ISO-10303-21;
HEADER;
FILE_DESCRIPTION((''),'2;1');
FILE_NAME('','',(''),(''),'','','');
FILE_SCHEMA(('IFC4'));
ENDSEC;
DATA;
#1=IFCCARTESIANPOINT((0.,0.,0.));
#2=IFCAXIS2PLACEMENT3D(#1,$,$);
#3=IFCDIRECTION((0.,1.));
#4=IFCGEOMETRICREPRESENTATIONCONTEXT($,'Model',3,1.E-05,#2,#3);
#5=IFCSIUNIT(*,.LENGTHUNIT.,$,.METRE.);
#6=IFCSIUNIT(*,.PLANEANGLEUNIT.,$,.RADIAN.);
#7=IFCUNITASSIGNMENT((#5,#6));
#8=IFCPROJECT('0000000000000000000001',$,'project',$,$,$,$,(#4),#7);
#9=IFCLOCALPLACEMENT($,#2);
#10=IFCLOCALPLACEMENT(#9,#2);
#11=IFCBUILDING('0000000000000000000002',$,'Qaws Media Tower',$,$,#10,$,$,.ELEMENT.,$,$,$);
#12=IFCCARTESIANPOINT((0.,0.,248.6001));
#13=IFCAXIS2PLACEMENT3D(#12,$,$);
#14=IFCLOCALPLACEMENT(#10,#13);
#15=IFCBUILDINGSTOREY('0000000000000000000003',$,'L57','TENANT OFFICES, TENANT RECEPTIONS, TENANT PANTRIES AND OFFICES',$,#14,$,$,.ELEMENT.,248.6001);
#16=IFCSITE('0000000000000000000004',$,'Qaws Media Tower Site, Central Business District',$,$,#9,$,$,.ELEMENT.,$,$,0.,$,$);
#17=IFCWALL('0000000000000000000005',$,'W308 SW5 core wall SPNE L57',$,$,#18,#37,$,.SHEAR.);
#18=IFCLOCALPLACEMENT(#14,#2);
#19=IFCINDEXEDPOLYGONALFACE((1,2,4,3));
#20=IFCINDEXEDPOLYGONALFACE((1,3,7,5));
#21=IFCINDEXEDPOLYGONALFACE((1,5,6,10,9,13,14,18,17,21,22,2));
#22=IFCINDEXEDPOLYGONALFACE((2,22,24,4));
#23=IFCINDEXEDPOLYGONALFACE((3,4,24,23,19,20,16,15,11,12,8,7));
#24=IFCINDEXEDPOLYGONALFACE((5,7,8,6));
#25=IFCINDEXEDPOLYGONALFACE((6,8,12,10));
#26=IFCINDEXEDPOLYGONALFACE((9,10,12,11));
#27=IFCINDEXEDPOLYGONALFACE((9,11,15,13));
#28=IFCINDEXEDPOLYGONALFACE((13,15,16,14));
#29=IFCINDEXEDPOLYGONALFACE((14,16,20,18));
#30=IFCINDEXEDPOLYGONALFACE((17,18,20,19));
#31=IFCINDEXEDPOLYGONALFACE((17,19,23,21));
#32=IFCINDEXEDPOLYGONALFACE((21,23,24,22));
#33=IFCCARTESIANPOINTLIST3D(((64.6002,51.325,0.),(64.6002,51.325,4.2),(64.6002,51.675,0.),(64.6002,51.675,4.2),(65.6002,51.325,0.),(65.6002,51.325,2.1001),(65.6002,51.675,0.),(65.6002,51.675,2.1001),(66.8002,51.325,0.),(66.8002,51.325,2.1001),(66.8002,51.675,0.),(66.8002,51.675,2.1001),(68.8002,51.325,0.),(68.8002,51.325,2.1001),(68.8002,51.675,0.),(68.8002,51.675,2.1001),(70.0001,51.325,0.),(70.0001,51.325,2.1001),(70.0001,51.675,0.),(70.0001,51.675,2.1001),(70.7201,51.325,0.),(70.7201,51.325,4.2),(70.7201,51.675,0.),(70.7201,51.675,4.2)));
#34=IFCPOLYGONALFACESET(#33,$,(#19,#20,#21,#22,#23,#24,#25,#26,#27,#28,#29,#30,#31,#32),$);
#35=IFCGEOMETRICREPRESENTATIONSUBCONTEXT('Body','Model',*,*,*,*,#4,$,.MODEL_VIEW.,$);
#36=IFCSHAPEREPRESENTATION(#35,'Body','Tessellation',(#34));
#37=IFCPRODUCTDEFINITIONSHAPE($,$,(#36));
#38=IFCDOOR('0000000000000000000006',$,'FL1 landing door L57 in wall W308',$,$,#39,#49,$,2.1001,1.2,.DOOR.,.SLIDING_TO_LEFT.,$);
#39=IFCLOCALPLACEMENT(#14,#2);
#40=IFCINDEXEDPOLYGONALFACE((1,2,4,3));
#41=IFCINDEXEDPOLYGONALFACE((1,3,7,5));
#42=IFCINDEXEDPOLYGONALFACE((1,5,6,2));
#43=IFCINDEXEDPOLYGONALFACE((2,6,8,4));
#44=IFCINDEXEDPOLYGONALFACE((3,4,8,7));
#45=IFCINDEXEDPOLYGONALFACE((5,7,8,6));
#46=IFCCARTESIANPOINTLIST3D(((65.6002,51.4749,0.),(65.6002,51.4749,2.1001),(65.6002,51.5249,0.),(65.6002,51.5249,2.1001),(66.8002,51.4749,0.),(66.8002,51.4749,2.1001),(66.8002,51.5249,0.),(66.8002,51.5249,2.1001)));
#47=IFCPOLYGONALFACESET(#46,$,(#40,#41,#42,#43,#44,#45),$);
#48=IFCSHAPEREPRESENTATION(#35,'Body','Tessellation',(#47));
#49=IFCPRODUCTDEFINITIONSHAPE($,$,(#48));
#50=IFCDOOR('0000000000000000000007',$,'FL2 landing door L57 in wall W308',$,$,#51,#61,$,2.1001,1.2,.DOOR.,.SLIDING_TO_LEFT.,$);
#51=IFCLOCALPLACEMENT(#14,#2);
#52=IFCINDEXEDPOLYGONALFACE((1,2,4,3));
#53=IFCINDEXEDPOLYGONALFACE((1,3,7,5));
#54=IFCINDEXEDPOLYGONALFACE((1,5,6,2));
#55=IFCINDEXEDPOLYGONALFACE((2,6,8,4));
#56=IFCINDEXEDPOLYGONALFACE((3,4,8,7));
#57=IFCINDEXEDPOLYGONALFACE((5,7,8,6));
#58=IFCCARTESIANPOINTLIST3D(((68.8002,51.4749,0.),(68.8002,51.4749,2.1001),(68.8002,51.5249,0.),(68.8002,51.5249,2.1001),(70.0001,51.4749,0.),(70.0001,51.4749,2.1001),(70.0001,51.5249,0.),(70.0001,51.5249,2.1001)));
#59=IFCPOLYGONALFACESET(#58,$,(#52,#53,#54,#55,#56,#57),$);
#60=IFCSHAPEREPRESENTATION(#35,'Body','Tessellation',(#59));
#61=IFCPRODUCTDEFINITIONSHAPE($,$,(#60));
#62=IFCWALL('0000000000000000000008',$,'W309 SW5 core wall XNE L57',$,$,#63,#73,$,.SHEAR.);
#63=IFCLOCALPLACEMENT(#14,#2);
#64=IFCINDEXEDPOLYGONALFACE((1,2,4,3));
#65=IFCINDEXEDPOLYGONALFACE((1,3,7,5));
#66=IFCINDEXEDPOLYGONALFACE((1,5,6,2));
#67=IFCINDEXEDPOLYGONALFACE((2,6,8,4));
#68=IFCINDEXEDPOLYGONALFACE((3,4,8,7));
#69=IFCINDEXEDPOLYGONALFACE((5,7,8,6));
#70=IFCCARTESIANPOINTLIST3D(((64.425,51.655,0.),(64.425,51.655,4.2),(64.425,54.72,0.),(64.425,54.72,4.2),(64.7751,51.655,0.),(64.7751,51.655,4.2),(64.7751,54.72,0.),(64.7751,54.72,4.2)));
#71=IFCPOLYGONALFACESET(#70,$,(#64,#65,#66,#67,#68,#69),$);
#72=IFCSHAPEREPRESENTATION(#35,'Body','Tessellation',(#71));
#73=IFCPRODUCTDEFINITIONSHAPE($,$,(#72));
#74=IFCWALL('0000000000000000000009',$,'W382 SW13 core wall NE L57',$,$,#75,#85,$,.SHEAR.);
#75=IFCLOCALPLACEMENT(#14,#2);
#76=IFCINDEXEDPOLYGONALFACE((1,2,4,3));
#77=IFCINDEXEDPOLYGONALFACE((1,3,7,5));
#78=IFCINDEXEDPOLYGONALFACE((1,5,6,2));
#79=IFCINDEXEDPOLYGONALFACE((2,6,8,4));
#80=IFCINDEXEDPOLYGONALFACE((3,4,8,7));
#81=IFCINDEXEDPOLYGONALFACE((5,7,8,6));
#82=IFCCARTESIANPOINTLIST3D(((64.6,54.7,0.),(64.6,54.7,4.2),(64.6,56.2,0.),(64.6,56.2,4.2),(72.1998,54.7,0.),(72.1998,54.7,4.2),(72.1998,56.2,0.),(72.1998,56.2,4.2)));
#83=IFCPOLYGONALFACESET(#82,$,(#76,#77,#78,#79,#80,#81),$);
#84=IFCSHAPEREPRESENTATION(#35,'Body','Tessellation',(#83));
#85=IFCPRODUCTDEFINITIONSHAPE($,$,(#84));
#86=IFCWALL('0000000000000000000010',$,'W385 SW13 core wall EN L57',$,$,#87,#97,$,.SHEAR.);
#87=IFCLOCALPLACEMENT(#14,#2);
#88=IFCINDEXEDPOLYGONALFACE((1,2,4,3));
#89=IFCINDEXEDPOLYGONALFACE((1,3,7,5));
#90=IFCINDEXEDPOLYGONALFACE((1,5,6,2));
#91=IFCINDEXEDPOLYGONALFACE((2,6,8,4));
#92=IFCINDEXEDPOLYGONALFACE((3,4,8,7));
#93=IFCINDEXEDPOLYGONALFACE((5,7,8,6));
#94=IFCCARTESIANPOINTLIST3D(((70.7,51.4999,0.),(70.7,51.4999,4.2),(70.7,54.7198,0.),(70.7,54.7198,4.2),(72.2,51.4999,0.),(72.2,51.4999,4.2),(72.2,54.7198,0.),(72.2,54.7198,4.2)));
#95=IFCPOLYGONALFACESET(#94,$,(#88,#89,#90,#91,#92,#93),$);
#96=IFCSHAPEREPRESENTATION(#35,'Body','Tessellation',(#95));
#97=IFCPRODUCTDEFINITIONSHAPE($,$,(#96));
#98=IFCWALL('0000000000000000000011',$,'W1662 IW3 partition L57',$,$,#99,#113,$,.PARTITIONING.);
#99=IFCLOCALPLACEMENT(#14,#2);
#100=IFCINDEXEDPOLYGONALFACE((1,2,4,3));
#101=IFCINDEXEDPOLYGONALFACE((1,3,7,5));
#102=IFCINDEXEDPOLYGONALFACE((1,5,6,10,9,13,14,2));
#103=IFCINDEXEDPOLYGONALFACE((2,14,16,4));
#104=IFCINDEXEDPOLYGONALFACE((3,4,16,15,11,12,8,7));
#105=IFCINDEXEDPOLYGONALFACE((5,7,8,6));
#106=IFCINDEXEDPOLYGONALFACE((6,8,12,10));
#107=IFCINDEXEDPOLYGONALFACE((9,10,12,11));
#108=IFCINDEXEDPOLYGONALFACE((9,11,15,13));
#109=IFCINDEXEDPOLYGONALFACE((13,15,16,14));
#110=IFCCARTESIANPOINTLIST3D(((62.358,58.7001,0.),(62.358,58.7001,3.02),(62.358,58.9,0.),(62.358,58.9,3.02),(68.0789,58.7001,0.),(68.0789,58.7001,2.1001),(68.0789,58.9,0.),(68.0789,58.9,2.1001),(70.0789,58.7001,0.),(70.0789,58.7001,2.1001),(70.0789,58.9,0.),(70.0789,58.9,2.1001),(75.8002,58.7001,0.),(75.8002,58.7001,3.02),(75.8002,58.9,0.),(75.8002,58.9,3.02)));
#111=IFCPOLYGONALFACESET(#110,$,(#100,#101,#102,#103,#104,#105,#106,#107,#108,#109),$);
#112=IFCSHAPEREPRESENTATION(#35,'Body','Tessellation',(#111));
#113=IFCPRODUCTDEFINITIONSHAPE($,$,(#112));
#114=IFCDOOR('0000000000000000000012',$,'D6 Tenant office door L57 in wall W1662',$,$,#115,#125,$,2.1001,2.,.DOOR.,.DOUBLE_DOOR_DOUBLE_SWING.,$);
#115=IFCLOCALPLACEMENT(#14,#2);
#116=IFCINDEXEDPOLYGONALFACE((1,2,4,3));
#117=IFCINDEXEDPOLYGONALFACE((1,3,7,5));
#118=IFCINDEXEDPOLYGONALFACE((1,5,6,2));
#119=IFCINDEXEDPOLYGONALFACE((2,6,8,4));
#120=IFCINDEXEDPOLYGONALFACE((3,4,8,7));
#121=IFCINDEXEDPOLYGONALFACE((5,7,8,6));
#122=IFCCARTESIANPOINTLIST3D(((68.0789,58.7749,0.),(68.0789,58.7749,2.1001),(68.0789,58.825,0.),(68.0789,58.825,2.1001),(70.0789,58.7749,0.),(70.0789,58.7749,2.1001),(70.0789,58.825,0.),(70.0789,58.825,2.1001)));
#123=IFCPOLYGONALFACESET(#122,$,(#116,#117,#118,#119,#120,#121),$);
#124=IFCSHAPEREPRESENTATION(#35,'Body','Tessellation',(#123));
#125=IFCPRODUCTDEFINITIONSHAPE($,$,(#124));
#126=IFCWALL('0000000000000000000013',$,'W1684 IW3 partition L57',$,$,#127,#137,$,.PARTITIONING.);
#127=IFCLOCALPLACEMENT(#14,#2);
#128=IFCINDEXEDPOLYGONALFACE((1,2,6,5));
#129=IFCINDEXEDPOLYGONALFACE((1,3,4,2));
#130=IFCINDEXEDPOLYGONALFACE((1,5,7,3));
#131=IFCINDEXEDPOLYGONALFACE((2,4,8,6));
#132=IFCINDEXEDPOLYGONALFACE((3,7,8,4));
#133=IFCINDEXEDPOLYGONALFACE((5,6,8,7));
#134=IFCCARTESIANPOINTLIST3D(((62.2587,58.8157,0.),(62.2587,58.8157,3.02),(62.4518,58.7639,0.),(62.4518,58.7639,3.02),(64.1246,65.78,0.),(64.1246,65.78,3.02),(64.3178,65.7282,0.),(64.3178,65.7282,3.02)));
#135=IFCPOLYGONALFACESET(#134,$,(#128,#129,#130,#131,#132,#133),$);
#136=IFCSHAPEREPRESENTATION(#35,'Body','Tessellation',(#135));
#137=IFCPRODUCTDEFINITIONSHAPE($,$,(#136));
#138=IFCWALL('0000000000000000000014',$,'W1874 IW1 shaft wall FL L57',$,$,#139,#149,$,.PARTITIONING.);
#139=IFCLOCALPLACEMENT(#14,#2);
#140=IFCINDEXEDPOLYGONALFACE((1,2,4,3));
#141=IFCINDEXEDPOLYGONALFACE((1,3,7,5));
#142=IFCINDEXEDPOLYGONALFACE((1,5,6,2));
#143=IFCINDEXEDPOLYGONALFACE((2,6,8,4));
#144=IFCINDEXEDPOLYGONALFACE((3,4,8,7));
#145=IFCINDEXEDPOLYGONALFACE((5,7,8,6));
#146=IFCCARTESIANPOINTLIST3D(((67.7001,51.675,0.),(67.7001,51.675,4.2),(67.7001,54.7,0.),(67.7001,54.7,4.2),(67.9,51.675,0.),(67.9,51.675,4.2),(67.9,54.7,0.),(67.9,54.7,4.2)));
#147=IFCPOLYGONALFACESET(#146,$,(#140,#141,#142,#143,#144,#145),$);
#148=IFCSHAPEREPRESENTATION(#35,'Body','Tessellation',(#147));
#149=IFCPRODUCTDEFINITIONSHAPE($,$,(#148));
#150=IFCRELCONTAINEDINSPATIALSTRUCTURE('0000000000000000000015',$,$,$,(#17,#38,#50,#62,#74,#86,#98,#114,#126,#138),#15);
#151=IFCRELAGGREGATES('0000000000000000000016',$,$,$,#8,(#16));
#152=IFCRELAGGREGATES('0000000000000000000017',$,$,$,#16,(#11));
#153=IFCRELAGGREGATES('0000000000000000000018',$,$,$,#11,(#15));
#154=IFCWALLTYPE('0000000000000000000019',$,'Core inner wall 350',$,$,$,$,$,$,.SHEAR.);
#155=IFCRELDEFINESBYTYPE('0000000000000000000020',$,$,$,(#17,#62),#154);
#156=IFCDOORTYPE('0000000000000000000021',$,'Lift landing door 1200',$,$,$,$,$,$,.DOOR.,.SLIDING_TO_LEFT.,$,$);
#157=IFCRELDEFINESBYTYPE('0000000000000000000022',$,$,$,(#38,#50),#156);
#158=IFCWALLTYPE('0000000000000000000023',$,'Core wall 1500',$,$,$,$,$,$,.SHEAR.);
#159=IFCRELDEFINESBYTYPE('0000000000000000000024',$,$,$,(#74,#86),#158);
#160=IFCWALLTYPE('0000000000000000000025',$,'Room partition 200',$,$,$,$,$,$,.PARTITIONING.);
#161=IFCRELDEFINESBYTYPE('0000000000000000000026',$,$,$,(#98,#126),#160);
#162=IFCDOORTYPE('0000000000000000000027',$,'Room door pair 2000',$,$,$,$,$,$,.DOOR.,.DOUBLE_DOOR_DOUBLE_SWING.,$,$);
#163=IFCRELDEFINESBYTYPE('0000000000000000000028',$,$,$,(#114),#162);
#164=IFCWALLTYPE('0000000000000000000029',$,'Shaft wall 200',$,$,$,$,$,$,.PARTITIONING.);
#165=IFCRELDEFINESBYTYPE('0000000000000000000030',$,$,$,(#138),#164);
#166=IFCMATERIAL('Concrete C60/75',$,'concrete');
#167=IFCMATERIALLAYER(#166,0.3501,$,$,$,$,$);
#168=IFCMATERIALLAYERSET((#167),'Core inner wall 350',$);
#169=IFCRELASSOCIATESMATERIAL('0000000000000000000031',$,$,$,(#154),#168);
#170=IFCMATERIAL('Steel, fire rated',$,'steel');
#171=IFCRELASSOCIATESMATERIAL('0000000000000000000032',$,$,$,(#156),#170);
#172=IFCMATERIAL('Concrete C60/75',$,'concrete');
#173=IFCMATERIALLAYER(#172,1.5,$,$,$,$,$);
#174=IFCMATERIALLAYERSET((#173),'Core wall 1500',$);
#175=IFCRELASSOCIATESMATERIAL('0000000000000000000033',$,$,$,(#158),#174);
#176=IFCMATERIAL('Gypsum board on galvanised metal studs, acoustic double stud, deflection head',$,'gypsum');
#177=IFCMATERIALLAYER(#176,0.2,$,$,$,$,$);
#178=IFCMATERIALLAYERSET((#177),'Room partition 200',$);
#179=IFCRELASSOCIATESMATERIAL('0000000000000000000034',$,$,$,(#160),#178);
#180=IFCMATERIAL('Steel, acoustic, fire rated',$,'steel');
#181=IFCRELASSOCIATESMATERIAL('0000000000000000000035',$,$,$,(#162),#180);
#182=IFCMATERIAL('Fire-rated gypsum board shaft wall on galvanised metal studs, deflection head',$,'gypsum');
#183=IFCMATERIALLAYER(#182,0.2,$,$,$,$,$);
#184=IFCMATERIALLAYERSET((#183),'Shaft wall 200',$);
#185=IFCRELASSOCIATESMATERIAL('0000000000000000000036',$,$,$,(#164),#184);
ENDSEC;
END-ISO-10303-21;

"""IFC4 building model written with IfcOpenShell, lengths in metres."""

from ifc_helpers import new_model, si_unit, direction, frame, frame_2d, origin, place, context, subcontext, project, spatial, rectangle, extrude, material, layer, layer_set, type_object, element, fill, save


model = new_model("IFC4")

# Units and contexts
model_context = context("Model", 3, precision=1e-05, world=origin(), true_north=direction((0.0, 1.0)))
body_context = subcontext(model_context, "Body", "Model", "MODEL_VIEW")
ifc_project = project(units=[si_unit("LENGTHUNIT", "METRE"), si_unit("PLANEANGLEUNIT", "RADIAN")], contexts=[model_context])

# Site, building, storey
site_placement = place(None, origin())
site = spatial("IfcSite", under=ifc_project, at=site_placement, Name="Qaws Media Tower Site, Central Business District", CompositionType="ELEMENT", RefElevation=0.0)
building_placement = place(site_placement, origin())
building = spatial("IfcBuilding", under=site, at=building_placement, Name="Qaws Media Tower", CompositionType="ELEMENT")
storey_placement = place(building_placement, frame((0.0, 0.0, 248.6001)))
storey = spatial("IfcBuildingStorey", under=building, at=storey_placement, Name="L57", Description="TENANT OFFICES, TENANT RECEPTIONS, TENANT PANTRIES AND OFFICES", CompositionType="ELEMENT", Elevation=248.6001)

# Wall, openings, doors
ifc_material_1 = material(Name="Concrete C60/75", Category="concrete")
ifc_layer_1 = layer(ifc_material_1, 0.3501)
ifc_layer_set_1 = layer_set([ifc_layer_1], Name="Core inner wall 350")
wall_type_1 = type_object("IfcWallType", Name="Core inner wall 350", PredefinedType="SHEAR", material=ifc_layer_set_1)
wall_1_placement = place(storey_placement, frame((64.6001, 51.5, 0.0), z_axis=(0.0, 0.0, 1.0), x_axis=(1.0, 0.0, 0.0)))
wall_1 = element("IfcWall", 1, at=wall_1_placement, inside=storey, type_object=wall_type_1, Name="W308 SW5 core wall SPNE L57", PredefinedType="SHEAR", context=body_context, shape_type="SweptSolid", body=[
    extrude(rectangle(XDim=6.1199, YDim=0.3501, at=frame_2d((3.0601, 0.0))), origin(), (0.0, 0.0, 1.0), 4.2),
])
opening_1_placement = place(wall_1_placement, frame((1.0, 0.0, 0.0)))
opening_1 = element("IfcOpeningElement", 2, at=opening_1_placement, cuts=wall_1, PredefinedType="OPENING", context=body_context, shape_type="SweptSolid", body=[
    extrude(rectangle(XDim=1.2, YDim=2.1001, at=frame_2d((0.6001, 1.05))), frame((0.0, 0.1851, 0.0), z_axis=(0.0, -1.0, 0.0), x_axis=(1.0, 0.0, 0.0)), (0.0, 0.0, 1.0), 0.3701),
])
opening_2_placement = place(wall_1_placement, frame((4.2, 0.0, 0.0)))
opening_2 = element("IfcOpeningElement", 3, at=opening_2_placement, cuts=wall_1, PredefinedType="OPENING", context=body_context, shape_type="SweptSolid", body=[
    extrude(rectangle(XDim=1.2, YDim=2.1001, at=frame_2d((0.6001, 1.05))), frame((0.0, 0.1851, 0.0), z_axis=(0.0, -1.0, 0.0), x_axis=(1.0, 0.0, 0.0)), (0.0, 0.0, 1.0), 0.3701),
])
ifc_material_2 = material(Name="Steel, fire rated", Category="steel")
door_type_1 = type_object("IfcDoorType", Name="Lift landing door 1200", OperationType="SLIDING_TO_LEFT", PredefinedType="DOOR", material=ifc_material_2)
door_1_placement = place(opening_1_placement, origin())
door_1 = element("IfcDoor", 4, at=door_1_placement, inside=storey, type_object=door_type_1, Name="FL1 landing door L57 in wall W308", OperationType="SLIDING_TO_LEFT", OverallHeight=2.1001, OverallWidth=1.2, PredefinedType="DOOR", context=body_context, shape_type="SweptSolid", body=[
    extrude(rectangle(XDim=1.2, YDim=2.1001, at=frame_2d((0.6001, 1.05))), frame((0.0, 0.0249, 0.0), z_axis=(0.0, -1.0, 0.0), x_axis=(1.0, 0.0, 0.0)), (0.0, 0.0, 1.0), 0.05),
])
fill(opening_1, door_1)
door_2_placement = place(opening_2_placement, origin())
door_2 = element("IfcDoor", 5, at=door_2_placement, inside=storey, type_object=door_type_1, Name="FL2 landing door L57 in wall W308", OperationType="SLIDING_TO_LEFT", OverallHeight=2.1001, OverallWidth=1.2, PredefinedType="DOOR", context=body_context, shape_type="SweptSolid", body=[
    extrude(rectangle(XDim=1.2, YDim=2.1001, at=frame_2d((0.6001, 1.05))), frame((0.0, 0.0249, 0.0), z_axis=(0.0, -1.0, 0.0), x_axis=(1.0, 0.0, 0.0)), (0.0, 0.0, 1.0), 0.05),
])
fill(opening_2, door_2)

# Walls
wall_2_placement = place(storey_placement, frame((64.6001, 51.655, 0.0), z_axis=(0.0, 0.0, 1.0), x_axis=(0.0, 1.0, 0.0)))
element("IfcWall", 6, at=wall_2_placement, inside=storey, type_object=wall_type_1, Name="W309 SW5 core wall XNE L57", PredefinedType="SHEAR", context=body_context, shape_type="SweptSolid", body=[
    extrude(rectangle(XDim=3.0649, YDim=0.3501, at=frame_2d((1.5325, 0.0))), origin(), (0.0, 0.0, 1.0), 4.2),
])
ifc_material_3 = material(Name="Concrete C60/75", Category="concrete")
ifc_layer_2 = layer(ifc_material_3, 1.5)
ifc_layer_set_2 = layer_set([ifc_layer_2], Name="Core wall 1500")
wall_type_2 = type_object("IfcWallType", Name="Core wall 1500", PredefinedType="SHEAR", material=ifc_layer_set_2)
wall_3_placement = place(storey_placement, frame((64.6001, 55.45, 0.0), z_axis=(0.0, 0.0, 1.0), x_axis=(1.0, 0.0, 0.0)))
element("IfcWall", 7, at=wall_3_placement, inside=storey, type_object=wall_type_2, Name="W382 SW13 core wall NE L57", PredefinedType="SHEAR", context=body_context, shape_type="SweptSolid", body=[
    extrude(rectangle(XDim=7.5999, YDim=1.5, at=frame_2d((3.7998, 0.0))), origin(), (0.0, 0.0, 1.0), 4.2),
])
wall_4_placement = place(storey_placement, frame((71.45, 51.5, 0.0), z_axis=(0.0, 0.0, 1.0), x_axis=(0.0, 1.0, 0.0)))
element("IfcWall", 8, at=wall_4_placement, inside=storey, type_object=wall_type_2, Name="W385 SW13 core wall EN L57", PredefinedType="SHEAR", context=body_context, shape_type="SweptSolid", body=[
    extrude(rectangle(XDim=3.22, YDim=1.5, at=frame_2d((1.6099, 0.0))), origin(), (0.0, 0.0, 1.0), 4.2),
])

# Wall, opening, door
ifc_material_4 = material(Name="Gypsum board on galvanised metal studs, acoustic double stud, deflection head", Category="gypsum")
ifc_layer_3 = layer(ifc_material_4, 0.2)
ifc_layer_set_3 = layer_set([ifc_layer_3], Name="Room partition 200")
wall_type_3 = type_object("IfcWallType", Name="Room partition 200", PredefinedType="PARTITIONING", material=ifc_layer_set_3)
wall_5_placement = place(storey_placement, frame((62.3579, 58.8, 0.0), z_axis=(0.0, 0.0, 1.0), x_axis=(1.0, 0.0, 0.0)))
wall_5 = element("IfcWall", 9, at=wall_5_placement, inside=storey, type_object=wall_type_3, Name="W1662 IW3 partition L57", PredefinedType="PARTITIONING", context=body_context, shape_type="SweptSolid", body=[
    extrude(rectangle(XDim=13.4421, YDim=0.2, at=frame_2d((6.7212, 0.0))), origin(), (0.0, 0.0, 1.0), 3.02),
])
opening_3_placement = place(wall_5_placement, frame((5.7209, 0.0, 0.0)))
opening_3 = element("IfcOpeningElement", 10, at=opening_3_placement, cuts=wall_5, PredefinedType="OPENING", context=body_context, shape_type="SweptSolid", body=[
    extrude(rectangle(XDim=2.0, YDim=2.1001, at=frame_2d((1.0, 1.05))), frame((0.0, 0.1099, 0.0), z_axis=(0.0, -1.0, 0.0), x_axis=(1.0, 0.0, 0.0)), (0.0, 0.0, 1.0), 0.22),
])
ifc_material_5 = material(Name="Steel, acoustic, fire rated", Category="steel")
door_type_2 = type_object("IfcDoorType", Name="Room door pair 2000", OperationType="DOUBLE_DOOR_DOUBLE_SWING", PredefinedType="DOOR", material=ifc_material_5)
door_3_placement = place(opening_3_placement, origin())
door_3 = element("IfcDoor", 11, at=door_3_placement, inside=storey, type_object=door_type_2, Name="D6 Tenant office door L57 in wall W1662", OperationType="DOUBLE_DOOR_DOUBLE_SWING", OverallHeight=2.1001, OverallWidth=2.0, PredefinedType="DOOR", context=body_context, shape_type="SweptSolid", body=[
    extrude(rectangle(XDim=2.0, YDim=2.1001, at=frame_2d((1.0, 1.05))), frame((0.0, 0.0249, 0.0), z_axis=(0.0, -1.0, 0.0), x_axis=(1.0, 0.0, 0.0)), (0.0, 0.0, 1.0), 0.05),
])
fill(opening_3, door_3)

# Walls
wall_6_placement = place(storey_placement, frame((62.3552, 58.7898, 0.0), z_axis=(0.0, 0.0, 1.0), x_axis=(0.258803, 0.96593, 0.0)))
element("IfcWall", 12, at=wall_6_placement, inside=storey, type_object=wall_type_3, Name="W1684 IW3 partition L57", PredefinedType="PARTITIONING", context=body_context, shape_type="SweptSolid", body=[
    extrude(rectangle(XDim=7.21, YDim=0.2, at=frame_2d((3.605, 0.0))), origin(), (0.0, 0.0, 1.0), 3.02),
])
ifc_material_6 = material(Name="Fire-rated gypsum board shaft wall on galvanised metal studs, deflection head", Category="gypsum")
ifc_layer_4 = layer(ifc_material_6, 0.2)
ifc_layer_set_4 = layer_set([ifc_layer_4], Name="Shaft wall 200")
wall_type_4 = type_object("IfcWallType", Name="Shaft wall 200", PredefinedType="PARTITIONING", material=ifc_layer_set_4)
wall_7_placement = place(storey_placement, frame((67.8, 51.675, 0.0), z_axis=(0.0, 0.0, 1.0), x_axis=(0.0, 1.0, 0.0)))
element("IfcWall", 13, at=wall_7_placement, inside=storey, type_object=wall_type_4, Name="W1874 IW1 shaft wall FL L57", PredefinedType="PARTITIONING", context=body_context, shape_type="SweptSolid", body=[
    extrude(rectangle(XDim=3.0249, YDim=0.2, at=frame_2d((1.5125, 0.0))), origin(), (0.0, 0.0, 1.0), 4.2),
])

save(model, "model.ifc")
